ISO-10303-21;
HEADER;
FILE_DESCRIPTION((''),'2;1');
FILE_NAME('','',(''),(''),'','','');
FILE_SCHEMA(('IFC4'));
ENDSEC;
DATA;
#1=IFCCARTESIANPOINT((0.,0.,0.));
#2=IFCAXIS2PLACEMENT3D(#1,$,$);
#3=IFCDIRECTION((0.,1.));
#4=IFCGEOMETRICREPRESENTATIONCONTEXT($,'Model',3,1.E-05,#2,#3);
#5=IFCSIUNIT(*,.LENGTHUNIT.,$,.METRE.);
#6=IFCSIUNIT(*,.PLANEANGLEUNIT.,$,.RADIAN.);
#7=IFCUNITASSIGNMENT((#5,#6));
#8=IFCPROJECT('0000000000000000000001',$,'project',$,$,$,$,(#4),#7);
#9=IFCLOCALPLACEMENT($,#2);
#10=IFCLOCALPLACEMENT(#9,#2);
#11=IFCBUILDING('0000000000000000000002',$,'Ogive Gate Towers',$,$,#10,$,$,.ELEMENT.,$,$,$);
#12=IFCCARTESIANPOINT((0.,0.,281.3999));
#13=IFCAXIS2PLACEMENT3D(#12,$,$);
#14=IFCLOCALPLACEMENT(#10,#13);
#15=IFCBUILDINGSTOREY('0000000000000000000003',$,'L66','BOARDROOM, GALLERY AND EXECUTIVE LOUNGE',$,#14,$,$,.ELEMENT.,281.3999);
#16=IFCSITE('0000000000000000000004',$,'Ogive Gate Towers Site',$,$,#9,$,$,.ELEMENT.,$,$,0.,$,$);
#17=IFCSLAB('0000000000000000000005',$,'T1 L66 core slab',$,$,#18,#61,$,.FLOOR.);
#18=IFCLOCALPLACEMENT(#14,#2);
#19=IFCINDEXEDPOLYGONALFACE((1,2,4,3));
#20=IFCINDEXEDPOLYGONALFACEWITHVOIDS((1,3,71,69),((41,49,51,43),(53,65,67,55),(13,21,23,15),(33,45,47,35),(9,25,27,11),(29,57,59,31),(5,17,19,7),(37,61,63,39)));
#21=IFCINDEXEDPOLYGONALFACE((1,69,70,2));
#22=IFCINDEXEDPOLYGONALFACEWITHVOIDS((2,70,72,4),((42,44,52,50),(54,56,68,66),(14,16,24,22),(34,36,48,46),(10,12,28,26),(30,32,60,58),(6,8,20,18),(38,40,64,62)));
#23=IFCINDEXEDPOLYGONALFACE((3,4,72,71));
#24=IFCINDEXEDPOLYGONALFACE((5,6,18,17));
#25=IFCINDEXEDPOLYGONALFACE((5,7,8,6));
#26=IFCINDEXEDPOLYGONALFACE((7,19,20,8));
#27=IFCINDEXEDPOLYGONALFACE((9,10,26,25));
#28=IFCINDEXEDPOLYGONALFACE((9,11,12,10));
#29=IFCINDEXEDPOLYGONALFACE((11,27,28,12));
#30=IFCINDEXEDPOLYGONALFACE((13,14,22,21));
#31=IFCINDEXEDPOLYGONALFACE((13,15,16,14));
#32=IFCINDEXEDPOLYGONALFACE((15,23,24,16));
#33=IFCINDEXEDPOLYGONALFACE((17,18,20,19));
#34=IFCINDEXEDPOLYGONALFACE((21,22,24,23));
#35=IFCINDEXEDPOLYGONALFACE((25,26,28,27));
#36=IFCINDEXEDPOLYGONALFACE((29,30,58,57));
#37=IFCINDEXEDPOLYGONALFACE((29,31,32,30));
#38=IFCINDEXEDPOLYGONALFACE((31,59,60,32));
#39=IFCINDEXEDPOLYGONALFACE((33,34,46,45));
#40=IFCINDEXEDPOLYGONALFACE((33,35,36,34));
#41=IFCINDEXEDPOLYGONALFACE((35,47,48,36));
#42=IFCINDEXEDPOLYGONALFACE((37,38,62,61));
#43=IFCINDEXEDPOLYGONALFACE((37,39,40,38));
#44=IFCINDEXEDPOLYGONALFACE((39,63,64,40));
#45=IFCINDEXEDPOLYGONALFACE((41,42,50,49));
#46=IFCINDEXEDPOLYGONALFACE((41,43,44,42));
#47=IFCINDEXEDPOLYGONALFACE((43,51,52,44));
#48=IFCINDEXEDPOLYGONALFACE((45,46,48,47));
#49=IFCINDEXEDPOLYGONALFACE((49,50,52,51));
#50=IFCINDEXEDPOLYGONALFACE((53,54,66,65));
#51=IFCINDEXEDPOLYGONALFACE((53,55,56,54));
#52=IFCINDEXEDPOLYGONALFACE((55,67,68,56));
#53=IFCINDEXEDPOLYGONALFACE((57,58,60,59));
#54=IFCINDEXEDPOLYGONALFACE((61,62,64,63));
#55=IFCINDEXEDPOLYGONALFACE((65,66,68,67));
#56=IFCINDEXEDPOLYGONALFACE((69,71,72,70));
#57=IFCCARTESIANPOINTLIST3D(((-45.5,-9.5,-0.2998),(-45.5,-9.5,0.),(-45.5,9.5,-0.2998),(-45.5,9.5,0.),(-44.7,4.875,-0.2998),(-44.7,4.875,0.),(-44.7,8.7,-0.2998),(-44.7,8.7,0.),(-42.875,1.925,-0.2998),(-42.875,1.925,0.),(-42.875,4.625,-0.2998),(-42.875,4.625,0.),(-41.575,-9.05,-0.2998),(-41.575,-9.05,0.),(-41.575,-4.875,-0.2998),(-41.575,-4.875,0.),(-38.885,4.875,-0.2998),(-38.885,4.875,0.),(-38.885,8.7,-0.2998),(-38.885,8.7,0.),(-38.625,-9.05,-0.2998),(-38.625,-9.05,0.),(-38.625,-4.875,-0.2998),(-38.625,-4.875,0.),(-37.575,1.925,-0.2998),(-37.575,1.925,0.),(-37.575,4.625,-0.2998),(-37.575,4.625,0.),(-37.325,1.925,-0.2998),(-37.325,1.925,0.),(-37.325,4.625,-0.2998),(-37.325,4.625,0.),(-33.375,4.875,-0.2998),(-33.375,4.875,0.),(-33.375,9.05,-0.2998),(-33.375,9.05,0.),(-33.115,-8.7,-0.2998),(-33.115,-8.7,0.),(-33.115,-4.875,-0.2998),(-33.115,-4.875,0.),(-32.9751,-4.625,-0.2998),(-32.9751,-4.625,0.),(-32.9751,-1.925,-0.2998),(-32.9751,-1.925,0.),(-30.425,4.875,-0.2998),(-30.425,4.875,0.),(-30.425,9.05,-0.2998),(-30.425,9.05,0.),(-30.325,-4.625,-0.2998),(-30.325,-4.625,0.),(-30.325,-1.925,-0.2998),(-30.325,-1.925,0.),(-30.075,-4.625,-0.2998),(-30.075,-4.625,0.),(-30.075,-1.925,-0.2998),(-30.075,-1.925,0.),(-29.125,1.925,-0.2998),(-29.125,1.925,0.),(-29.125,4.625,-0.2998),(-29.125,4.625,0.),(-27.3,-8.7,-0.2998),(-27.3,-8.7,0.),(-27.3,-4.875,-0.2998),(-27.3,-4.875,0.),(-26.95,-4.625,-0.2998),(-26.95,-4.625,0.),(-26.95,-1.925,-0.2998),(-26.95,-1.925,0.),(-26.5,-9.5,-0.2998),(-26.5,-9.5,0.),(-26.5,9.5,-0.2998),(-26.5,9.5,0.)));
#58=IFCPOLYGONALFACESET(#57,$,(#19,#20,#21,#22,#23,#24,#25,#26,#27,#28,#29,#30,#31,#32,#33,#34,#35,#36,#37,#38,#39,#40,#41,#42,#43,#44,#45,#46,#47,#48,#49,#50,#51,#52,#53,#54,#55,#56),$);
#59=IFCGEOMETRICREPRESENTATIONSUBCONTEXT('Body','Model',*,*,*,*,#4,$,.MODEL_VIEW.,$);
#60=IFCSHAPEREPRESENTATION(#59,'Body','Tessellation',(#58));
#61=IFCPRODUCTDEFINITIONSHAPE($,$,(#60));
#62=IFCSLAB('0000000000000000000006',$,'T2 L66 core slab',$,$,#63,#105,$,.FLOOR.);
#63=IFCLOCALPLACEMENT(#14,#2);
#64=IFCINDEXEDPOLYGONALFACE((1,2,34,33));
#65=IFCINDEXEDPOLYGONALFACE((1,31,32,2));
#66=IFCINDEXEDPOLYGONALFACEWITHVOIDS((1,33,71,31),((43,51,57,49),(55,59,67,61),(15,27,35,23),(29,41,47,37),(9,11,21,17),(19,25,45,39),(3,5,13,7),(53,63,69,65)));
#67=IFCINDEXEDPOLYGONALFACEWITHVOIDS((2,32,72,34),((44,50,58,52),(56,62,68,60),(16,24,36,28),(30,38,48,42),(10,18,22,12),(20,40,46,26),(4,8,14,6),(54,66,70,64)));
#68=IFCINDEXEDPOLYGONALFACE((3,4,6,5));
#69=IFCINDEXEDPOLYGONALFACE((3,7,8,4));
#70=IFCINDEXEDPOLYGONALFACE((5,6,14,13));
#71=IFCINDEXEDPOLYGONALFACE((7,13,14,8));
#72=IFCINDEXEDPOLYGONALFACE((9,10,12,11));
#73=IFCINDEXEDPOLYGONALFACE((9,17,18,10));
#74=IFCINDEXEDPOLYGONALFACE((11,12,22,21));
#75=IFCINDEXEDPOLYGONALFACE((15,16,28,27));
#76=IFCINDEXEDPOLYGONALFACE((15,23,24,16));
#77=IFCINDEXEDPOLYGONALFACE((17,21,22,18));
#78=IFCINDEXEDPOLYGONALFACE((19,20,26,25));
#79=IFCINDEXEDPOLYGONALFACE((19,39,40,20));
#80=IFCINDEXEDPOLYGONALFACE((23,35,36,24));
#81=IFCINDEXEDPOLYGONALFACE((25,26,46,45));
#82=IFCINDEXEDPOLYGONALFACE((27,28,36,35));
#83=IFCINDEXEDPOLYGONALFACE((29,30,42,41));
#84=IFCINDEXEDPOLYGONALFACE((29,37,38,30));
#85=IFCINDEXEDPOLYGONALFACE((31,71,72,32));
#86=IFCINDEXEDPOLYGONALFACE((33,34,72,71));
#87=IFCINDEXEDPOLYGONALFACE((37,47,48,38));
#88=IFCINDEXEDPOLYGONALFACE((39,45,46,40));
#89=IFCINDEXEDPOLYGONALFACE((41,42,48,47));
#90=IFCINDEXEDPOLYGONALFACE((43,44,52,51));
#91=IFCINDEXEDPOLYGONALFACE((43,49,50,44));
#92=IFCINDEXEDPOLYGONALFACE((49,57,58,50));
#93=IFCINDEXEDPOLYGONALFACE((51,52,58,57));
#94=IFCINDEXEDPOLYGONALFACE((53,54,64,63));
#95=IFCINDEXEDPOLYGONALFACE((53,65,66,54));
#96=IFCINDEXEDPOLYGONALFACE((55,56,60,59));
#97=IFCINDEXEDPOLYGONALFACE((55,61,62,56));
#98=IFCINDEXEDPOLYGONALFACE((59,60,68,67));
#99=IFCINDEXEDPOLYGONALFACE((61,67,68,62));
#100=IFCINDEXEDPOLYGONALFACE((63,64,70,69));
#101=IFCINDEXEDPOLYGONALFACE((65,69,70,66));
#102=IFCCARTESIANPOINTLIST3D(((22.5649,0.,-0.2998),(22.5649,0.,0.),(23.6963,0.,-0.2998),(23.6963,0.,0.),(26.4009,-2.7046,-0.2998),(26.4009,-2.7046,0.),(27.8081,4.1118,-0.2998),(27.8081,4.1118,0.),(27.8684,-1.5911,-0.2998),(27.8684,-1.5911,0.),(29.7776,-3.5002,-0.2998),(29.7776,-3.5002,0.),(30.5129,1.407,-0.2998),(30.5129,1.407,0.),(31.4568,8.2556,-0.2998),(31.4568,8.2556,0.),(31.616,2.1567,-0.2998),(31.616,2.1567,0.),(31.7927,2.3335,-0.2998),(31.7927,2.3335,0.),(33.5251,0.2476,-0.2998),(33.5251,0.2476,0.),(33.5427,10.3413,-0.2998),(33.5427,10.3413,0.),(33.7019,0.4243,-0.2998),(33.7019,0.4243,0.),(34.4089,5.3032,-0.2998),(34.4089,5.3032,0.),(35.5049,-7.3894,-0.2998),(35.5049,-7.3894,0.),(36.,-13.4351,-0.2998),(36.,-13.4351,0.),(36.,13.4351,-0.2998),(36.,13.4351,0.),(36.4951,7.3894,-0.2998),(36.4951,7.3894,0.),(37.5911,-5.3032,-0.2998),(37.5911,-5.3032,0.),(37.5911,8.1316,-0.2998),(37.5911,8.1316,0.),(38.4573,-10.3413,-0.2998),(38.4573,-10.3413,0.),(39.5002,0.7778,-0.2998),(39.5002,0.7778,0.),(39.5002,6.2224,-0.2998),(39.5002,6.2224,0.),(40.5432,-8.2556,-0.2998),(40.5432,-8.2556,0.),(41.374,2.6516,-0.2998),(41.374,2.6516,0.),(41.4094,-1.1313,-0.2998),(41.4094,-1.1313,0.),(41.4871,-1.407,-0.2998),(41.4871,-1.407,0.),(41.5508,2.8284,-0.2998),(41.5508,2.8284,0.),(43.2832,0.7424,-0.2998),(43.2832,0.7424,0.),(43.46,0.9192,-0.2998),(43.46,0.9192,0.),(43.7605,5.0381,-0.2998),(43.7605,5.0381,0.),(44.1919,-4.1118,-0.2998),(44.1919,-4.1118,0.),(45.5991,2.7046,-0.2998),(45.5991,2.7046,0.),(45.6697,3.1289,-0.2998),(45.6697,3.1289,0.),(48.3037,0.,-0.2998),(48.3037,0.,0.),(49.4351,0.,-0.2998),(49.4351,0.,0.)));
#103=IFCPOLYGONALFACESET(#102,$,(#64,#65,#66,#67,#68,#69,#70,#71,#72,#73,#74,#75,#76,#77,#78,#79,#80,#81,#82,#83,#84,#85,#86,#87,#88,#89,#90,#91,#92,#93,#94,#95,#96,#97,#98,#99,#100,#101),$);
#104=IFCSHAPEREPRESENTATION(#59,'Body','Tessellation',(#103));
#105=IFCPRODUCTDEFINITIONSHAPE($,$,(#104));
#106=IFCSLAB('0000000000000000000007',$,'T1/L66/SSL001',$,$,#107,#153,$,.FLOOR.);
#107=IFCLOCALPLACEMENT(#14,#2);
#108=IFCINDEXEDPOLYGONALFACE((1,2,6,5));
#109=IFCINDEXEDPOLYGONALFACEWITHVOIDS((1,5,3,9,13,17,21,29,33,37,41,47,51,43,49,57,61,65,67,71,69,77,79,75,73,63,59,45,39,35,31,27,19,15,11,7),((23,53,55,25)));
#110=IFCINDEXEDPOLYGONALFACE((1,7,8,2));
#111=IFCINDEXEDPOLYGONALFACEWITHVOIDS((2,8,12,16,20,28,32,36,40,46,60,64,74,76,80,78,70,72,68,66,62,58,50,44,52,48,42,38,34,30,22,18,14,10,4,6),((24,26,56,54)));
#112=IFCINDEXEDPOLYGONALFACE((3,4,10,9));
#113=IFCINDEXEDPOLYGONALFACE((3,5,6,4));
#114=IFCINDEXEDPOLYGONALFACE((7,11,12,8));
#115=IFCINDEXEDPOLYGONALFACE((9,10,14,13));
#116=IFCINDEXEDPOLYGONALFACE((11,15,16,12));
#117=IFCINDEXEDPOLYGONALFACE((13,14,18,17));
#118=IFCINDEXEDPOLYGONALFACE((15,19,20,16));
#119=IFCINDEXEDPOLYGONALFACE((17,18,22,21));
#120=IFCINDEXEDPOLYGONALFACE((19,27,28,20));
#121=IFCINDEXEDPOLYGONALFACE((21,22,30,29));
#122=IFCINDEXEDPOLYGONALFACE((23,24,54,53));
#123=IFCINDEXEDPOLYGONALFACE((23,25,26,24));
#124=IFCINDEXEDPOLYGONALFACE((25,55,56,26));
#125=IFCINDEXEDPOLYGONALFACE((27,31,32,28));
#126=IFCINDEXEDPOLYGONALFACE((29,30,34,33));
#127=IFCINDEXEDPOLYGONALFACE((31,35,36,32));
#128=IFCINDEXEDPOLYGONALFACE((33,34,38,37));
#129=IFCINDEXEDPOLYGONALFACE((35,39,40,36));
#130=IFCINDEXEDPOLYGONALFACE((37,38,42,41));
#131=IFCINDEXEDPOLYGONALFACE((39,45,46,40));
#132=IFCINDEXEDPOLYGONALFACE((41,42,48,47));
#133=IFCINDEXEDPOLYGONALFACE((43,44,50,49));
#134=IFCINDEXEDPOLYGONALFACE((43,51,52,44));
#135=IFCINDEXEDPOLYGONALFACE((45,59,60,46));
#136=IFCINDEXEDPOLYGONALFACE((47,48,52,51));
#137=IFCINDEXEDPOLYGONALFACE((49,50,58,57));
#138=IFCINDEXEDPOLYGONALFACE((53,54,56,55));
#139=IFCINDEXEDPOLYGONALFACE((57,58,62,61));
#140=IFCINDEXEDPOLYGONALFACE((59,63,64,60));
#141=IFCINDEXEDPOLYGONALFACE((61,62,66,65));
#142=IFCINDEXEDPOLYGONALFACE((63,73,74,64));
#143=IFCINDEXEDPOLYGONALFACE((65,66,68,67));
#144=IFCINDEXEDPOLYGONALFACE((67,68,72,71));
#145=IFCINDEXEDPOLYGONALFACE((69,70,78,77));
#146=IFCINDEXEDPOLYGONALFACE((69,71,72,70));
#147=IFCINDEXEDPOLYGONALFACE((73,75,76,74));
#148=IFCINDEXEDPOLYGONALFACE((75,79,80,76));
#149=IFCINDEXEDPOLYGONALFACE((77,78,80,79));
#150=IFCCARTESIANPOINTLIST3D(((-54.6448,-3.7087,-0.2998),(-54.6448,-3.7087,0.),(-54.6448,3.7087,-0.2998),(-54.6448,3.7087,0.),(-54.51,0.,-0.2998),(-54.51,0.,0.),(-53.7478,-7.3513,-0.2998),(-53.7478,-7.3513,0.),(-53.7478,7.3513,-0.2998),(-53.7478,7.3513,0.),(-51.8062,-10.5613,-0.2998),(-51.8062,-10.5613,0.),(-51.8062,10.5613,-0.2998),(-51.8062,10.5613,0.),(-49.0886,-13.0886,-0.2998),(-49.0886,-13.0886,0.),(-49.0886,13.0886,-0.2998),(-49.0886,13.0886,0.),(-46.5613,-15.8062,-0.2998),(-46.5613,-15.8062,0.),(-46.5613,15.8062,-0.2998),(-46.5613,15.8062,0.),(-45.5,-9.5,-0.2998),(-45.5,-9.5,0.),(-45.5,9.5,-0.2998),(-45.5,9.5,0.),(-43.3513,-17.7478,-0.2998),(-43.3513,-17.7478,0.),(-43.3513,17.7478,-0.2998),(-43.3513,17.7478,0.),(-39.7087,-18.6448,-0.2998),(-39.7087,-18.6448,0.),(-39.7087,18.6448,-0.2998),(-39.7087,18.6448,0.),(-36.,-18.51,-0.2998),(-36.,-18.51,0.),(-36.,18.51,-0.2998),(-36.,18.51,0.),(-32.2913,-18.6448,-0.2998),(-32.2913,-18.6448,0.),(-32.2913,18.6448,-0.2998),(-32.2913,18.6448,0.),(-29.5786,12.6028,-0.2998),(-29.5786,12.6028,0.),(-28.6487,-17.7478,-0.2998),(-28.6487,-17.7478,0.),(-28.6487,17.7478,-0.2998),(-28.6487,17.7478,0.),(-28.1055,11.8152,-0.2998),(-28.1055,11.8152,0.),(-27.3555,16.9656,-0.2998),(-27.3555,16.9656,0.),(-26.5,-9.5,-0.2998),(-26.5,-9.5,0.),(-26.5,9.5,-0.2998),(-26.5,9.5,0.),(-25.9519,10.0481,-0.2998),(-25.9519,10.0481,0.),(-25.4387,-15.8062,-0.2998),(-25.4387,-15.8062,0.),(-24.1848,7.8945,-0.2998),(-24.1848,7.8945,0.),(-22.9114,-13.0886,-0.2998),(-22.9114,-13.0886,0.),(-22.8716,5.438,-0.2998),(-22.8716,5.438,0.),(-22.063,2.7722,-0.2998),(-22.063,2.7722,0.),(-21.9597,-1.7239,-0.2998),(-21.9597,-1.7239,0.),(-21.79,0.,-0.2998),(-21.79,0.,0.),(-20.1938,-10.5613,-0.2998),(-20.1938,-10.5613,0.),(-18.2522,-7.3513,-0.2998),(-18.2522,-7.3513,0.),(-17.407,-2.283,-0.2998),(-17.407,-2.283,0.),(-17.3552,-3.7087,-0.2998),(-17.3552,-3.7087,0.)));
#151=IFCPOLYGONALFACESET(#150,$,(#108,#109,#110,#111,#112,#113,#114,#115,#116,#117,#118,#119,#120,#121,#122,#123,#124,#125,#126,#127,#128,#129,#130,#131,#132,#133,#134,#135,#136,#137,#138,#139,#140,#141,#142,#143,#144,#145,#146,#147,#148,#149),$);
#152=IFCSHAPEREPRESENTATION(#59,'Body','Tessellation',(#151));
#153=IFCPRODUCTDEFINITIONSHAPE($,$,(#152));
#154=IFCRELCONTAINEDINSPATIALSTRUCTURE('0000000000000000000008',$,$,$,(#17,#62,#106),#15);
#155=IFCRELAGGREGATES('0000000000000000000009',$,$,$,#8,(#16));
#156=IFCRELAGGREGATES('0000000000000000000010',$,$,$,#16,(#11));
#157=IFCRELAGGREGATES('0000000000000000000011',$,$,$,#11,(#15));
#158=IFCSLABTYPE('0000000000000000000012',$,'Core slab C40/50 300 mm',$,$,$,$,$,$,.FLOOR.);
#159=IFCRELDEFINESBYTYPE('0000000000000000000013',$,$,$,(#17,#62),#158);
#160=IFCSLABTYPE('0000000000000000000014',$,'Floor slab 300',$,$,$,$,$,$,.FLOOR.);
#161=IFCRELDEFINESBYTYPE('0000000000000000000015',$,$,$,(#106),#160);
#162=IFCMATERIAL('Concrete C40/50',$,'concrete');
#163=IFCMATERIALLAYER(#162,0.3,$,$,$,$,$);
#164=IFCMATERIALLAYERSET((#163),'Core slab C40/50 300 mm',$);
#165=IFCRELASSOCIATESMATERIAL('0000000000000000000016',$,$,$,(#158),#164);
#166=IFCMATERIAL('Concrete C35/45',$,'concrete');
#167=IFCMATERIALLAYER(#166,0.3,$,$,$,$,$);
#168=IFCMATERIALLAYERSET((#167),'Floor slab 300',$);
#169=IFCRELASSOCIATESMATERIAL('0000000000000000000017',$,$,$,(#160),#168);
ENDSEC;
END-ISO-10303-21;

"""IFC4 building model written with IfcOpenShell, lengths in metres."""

from ifc_helpers import new_model, si_unit, direction, frame, origin, place, context, subcontext, project, spatial, polyline, outline, extrude, material, layer, layer_set, type_object, element, save


model = new_model("IFC4")

# Units and contexts
model_context = context("Model", 3, precision=1e-05, world=origin(), true_north=direction((0.0, 1.0)))
body_context = subcontext(model_context, "Body", "Model", "MODEL_VIEW")
ifc_project = project(units=[si_unit("LENGTHUNIT", "METRE"), si_unit("PLANEANGLEUNIT", "RADIAN")], contexts=[model_context])

# Site, building, storey
site_placement = place(None, origin())
site = spatial("IfcSite", under=ifc_project, at=site_placement, Name="Ogive Gate Towers Site", CompositionType="ELEMENT", RefElevation=0.0)
building_placement = place(site_placement, origin())
building = spatial("IfcBuilding", under=site, at=building_placement, Name="Ogive Gate Towers", CompositionType="ELEMENT")
storey_placement = place(building_placement, frame((0.0, 0.0, 281.3999)))
storey = spatial("IfcBuildingStorey", under=building, at=storey_placement, Name="L66", Description="BOARDROOM, GALLERY AND EXECUTIVE LOUNGE", CompositionType="ELEMENT", Elevation=281.3999)

# Slabs
ifc_material_1 = material(Name="Concrete C40/50", Category="concrete")
ifc_layer_1 = layer(ifc_material_1, 0.3)
ifc_layer_set_1 = layer_set([ifc_layer_1], Name="Core slab C40/50 300 mm")
slab_type_1 = type_object("IfcSlabType", Name="Core slab C40/50 300 mm", PredefinedType="FLOOR", material=ifc_layer_set_1)
slab_1_placement = place(storey_placement, frame((0.0, 0.0, -0.2998)))
element("IfcSlab", 1, at=slab_1_placement, inside=storey, type_object=slab_type_1, Name="T1 L66 core slab", PredefinedType="FLOOR", context=body_context, shape_type="SweptSolid", body=[
    extrude(outline(polyline([(-45.5, -9.5), (-45.5, 9.5), (-26.5, 9.5), (-26.5, -9.5), (-45.5, -9.5)]), holes=[polyline([(-42.875, 1.925), (-37.575, 1.925), (-37.575, 4.625), (-42.875, 4.625), (-42.875, 1.925)]), polyline([(-37.325, 4.625), (-37.325, 1.925), (-29.125, 1.925), (-29.125, 4.625), (-37.325, 4.625)]), polyline([(-30.325, -1.925), (-32.9751, -1.925), (-32.9751, -4.625), (-30.325, -4.625), (-30.325, -1.925)]), polyline([(-26.95, -4.625), (-26.95, -1.925), (-30.075, -1.925), (-30.075, -4.625), (-26.95, -4.625)]), polyline([(-33.375, 4.875), (-30.425, 4.875), (-30.425, 9.05), (-33.375, 9.05), (-33.375, 4.875)]), polyline([(-41.575, -4.875), (-41.575, -9.05), (-38.625, -9.05), (-38.625, -4.875), (-41.575, -4.875)]), polyline([(-44.7, 4.875), (-38.885, 4.875), (-38.885, 8.7), (-44.7, 8.7), (-44.7, 4.875)]), polyline([(-27.3, -8.7), (-27.3, -4.875), (-33.115, -4.875), (-33.115, -8.7), (-27.3, -8.7)])]), origin(), (0.0, 0.0, 1.0), 0.2998),
])
slab_2_placement = place(storey_placement, frame((0.0, 0.0, -0.2998)))
element("IfcSlab", 2, at=slab_2_placement, inside=storey, type_object=slab_type_1, Name="T2 L66 core slab", PredefinedType="FLOOR", context=body_context, shape_type="SweptSolid", body=[
    extrude(outline(polyline([(36.0, -13.4351), (22.5649, 0.0), (36.0, 13.4351), (49.4351, 0.0), (36.0, -13.4351)]), holes=[polyline([(29.7776, -3.5002), (33.5251, 0.2476), (31.616, 2.1567), (27.8684, -1.5911), (29.7776, -3.5002)]), polyline([(31.7927, 2.3335), (33.7019, 0.4243), (39.5002, 6.2224), (37.5911, 8.1316), (31.7927, 2.3335)]), polyline([(41.374, 2.6516), (39.5002, 0.7778), (41.4094, -1.1313), (43.2832, 0.7424), (41.374, 2.6516)]), polyline([(45.6697, 3.1289), (43.7605, 5.0381), (41.5508, 2.8284), (43.46, 0.9192), (45.6697, 3.1289)]), polyline([(34.4089, 5.3032), (36.4951, 7.3894), (33.5427, 10.3413), (31.4568, 8.2556), (34.4089, 5.3032)]), polyline([(35.5049, -7.3894), (38.4573, -10.3413), (40.5432, -8.2556), (37.5911, -5.3032), (35.5049, -7.3894)]), polyline([(26.4009, -2.7046), (30.5129, 1.407), (27.8081, 4.1118), (23.6963, 0.0), (26.4009, -2.7046)]), polyline([(48.3037, 0.0), (45.5991, 2.7046), (41.4871, -1.407), (44.1919, -4.1118), (48.3037, 0.0)])]), origin(), (0.0, 0.0, 1.0), 0.2998),
])
ifc_material_2 = material(Name="Concrete C35/45", Category="concrete")
ifc_layer_2 = layer(ifc_material_2, 0.3)
ifc_layer_set_2 = layer_set([ifc_layer_2], Name="Floor slab 300")
slab_type_2 = type_object("IfcSlabType", Name="Floor slab 300", PredefinedType="FLOOR", material=ifc_layer_set_2)
slab_3_placement = place(storey_placement, frame((0.0, 0.0, -0.2998)))
element("IfcSlab", 3, at=slab_3_placement, inside=storey, type_object=slab_type_2, Name="T1/L66/SSL001", PredefinedType="FLOOR", context=body_context, shape_type="SweptSolid", body=[
    extrude(outline(polyline([(-18.2522, -7.3513), (-17.3552, -3.7087), (-17.407, -2.283), (-21.9597, -1.7239), (-21.79, 0.0), (-22.063, 2.7722), (-22.8716, 5.438), (-24.1848, 7.8945), (-25.9519, 10.0481), (-28.1055, 11.8152), (-29.5786, 12.6028), (-27.3555, 16.9656), (-25.4387, 15.8062), (-28.6487, 17.7478), (-32.2913, 18.6448), (-36.0, 18.51), (-39.7087, 18.6448), (-43.3513, 17.7478), (-46.5613, 15.8062), (-49.0886, 13.0886), (-51.8062, 10.5613), (-53.7478, 7.3513), (-54.6448, 3.7087), (-54.51, 0.0), (-54.6448, -3.7087), (-53.7478, -7.3513), (-51.8062, -10.5613), (-49.0886, -13.0886), (-46.5613, -15.8062), (-43.3513, -17.7478), (-39.7087, -18.6448), (-36.0, -18.51), (-32.2913, -18.6448), (-28.6487, -17.7478), (-25.4387, -15.8062), (-22.9114, -13.0886), (-20.1938, -10.5613), (-18.2522, -7.3513)]), holes=[polyline([(-26.5, -9.5), (-45.5, -9.5), (-45.5, 9.5), (-26.5, 9.5), (-26.5, -9.5)])]), origin(), (0.0, 0.0, 1.0), 0.2998),
])

save(model, "model.ifc")
